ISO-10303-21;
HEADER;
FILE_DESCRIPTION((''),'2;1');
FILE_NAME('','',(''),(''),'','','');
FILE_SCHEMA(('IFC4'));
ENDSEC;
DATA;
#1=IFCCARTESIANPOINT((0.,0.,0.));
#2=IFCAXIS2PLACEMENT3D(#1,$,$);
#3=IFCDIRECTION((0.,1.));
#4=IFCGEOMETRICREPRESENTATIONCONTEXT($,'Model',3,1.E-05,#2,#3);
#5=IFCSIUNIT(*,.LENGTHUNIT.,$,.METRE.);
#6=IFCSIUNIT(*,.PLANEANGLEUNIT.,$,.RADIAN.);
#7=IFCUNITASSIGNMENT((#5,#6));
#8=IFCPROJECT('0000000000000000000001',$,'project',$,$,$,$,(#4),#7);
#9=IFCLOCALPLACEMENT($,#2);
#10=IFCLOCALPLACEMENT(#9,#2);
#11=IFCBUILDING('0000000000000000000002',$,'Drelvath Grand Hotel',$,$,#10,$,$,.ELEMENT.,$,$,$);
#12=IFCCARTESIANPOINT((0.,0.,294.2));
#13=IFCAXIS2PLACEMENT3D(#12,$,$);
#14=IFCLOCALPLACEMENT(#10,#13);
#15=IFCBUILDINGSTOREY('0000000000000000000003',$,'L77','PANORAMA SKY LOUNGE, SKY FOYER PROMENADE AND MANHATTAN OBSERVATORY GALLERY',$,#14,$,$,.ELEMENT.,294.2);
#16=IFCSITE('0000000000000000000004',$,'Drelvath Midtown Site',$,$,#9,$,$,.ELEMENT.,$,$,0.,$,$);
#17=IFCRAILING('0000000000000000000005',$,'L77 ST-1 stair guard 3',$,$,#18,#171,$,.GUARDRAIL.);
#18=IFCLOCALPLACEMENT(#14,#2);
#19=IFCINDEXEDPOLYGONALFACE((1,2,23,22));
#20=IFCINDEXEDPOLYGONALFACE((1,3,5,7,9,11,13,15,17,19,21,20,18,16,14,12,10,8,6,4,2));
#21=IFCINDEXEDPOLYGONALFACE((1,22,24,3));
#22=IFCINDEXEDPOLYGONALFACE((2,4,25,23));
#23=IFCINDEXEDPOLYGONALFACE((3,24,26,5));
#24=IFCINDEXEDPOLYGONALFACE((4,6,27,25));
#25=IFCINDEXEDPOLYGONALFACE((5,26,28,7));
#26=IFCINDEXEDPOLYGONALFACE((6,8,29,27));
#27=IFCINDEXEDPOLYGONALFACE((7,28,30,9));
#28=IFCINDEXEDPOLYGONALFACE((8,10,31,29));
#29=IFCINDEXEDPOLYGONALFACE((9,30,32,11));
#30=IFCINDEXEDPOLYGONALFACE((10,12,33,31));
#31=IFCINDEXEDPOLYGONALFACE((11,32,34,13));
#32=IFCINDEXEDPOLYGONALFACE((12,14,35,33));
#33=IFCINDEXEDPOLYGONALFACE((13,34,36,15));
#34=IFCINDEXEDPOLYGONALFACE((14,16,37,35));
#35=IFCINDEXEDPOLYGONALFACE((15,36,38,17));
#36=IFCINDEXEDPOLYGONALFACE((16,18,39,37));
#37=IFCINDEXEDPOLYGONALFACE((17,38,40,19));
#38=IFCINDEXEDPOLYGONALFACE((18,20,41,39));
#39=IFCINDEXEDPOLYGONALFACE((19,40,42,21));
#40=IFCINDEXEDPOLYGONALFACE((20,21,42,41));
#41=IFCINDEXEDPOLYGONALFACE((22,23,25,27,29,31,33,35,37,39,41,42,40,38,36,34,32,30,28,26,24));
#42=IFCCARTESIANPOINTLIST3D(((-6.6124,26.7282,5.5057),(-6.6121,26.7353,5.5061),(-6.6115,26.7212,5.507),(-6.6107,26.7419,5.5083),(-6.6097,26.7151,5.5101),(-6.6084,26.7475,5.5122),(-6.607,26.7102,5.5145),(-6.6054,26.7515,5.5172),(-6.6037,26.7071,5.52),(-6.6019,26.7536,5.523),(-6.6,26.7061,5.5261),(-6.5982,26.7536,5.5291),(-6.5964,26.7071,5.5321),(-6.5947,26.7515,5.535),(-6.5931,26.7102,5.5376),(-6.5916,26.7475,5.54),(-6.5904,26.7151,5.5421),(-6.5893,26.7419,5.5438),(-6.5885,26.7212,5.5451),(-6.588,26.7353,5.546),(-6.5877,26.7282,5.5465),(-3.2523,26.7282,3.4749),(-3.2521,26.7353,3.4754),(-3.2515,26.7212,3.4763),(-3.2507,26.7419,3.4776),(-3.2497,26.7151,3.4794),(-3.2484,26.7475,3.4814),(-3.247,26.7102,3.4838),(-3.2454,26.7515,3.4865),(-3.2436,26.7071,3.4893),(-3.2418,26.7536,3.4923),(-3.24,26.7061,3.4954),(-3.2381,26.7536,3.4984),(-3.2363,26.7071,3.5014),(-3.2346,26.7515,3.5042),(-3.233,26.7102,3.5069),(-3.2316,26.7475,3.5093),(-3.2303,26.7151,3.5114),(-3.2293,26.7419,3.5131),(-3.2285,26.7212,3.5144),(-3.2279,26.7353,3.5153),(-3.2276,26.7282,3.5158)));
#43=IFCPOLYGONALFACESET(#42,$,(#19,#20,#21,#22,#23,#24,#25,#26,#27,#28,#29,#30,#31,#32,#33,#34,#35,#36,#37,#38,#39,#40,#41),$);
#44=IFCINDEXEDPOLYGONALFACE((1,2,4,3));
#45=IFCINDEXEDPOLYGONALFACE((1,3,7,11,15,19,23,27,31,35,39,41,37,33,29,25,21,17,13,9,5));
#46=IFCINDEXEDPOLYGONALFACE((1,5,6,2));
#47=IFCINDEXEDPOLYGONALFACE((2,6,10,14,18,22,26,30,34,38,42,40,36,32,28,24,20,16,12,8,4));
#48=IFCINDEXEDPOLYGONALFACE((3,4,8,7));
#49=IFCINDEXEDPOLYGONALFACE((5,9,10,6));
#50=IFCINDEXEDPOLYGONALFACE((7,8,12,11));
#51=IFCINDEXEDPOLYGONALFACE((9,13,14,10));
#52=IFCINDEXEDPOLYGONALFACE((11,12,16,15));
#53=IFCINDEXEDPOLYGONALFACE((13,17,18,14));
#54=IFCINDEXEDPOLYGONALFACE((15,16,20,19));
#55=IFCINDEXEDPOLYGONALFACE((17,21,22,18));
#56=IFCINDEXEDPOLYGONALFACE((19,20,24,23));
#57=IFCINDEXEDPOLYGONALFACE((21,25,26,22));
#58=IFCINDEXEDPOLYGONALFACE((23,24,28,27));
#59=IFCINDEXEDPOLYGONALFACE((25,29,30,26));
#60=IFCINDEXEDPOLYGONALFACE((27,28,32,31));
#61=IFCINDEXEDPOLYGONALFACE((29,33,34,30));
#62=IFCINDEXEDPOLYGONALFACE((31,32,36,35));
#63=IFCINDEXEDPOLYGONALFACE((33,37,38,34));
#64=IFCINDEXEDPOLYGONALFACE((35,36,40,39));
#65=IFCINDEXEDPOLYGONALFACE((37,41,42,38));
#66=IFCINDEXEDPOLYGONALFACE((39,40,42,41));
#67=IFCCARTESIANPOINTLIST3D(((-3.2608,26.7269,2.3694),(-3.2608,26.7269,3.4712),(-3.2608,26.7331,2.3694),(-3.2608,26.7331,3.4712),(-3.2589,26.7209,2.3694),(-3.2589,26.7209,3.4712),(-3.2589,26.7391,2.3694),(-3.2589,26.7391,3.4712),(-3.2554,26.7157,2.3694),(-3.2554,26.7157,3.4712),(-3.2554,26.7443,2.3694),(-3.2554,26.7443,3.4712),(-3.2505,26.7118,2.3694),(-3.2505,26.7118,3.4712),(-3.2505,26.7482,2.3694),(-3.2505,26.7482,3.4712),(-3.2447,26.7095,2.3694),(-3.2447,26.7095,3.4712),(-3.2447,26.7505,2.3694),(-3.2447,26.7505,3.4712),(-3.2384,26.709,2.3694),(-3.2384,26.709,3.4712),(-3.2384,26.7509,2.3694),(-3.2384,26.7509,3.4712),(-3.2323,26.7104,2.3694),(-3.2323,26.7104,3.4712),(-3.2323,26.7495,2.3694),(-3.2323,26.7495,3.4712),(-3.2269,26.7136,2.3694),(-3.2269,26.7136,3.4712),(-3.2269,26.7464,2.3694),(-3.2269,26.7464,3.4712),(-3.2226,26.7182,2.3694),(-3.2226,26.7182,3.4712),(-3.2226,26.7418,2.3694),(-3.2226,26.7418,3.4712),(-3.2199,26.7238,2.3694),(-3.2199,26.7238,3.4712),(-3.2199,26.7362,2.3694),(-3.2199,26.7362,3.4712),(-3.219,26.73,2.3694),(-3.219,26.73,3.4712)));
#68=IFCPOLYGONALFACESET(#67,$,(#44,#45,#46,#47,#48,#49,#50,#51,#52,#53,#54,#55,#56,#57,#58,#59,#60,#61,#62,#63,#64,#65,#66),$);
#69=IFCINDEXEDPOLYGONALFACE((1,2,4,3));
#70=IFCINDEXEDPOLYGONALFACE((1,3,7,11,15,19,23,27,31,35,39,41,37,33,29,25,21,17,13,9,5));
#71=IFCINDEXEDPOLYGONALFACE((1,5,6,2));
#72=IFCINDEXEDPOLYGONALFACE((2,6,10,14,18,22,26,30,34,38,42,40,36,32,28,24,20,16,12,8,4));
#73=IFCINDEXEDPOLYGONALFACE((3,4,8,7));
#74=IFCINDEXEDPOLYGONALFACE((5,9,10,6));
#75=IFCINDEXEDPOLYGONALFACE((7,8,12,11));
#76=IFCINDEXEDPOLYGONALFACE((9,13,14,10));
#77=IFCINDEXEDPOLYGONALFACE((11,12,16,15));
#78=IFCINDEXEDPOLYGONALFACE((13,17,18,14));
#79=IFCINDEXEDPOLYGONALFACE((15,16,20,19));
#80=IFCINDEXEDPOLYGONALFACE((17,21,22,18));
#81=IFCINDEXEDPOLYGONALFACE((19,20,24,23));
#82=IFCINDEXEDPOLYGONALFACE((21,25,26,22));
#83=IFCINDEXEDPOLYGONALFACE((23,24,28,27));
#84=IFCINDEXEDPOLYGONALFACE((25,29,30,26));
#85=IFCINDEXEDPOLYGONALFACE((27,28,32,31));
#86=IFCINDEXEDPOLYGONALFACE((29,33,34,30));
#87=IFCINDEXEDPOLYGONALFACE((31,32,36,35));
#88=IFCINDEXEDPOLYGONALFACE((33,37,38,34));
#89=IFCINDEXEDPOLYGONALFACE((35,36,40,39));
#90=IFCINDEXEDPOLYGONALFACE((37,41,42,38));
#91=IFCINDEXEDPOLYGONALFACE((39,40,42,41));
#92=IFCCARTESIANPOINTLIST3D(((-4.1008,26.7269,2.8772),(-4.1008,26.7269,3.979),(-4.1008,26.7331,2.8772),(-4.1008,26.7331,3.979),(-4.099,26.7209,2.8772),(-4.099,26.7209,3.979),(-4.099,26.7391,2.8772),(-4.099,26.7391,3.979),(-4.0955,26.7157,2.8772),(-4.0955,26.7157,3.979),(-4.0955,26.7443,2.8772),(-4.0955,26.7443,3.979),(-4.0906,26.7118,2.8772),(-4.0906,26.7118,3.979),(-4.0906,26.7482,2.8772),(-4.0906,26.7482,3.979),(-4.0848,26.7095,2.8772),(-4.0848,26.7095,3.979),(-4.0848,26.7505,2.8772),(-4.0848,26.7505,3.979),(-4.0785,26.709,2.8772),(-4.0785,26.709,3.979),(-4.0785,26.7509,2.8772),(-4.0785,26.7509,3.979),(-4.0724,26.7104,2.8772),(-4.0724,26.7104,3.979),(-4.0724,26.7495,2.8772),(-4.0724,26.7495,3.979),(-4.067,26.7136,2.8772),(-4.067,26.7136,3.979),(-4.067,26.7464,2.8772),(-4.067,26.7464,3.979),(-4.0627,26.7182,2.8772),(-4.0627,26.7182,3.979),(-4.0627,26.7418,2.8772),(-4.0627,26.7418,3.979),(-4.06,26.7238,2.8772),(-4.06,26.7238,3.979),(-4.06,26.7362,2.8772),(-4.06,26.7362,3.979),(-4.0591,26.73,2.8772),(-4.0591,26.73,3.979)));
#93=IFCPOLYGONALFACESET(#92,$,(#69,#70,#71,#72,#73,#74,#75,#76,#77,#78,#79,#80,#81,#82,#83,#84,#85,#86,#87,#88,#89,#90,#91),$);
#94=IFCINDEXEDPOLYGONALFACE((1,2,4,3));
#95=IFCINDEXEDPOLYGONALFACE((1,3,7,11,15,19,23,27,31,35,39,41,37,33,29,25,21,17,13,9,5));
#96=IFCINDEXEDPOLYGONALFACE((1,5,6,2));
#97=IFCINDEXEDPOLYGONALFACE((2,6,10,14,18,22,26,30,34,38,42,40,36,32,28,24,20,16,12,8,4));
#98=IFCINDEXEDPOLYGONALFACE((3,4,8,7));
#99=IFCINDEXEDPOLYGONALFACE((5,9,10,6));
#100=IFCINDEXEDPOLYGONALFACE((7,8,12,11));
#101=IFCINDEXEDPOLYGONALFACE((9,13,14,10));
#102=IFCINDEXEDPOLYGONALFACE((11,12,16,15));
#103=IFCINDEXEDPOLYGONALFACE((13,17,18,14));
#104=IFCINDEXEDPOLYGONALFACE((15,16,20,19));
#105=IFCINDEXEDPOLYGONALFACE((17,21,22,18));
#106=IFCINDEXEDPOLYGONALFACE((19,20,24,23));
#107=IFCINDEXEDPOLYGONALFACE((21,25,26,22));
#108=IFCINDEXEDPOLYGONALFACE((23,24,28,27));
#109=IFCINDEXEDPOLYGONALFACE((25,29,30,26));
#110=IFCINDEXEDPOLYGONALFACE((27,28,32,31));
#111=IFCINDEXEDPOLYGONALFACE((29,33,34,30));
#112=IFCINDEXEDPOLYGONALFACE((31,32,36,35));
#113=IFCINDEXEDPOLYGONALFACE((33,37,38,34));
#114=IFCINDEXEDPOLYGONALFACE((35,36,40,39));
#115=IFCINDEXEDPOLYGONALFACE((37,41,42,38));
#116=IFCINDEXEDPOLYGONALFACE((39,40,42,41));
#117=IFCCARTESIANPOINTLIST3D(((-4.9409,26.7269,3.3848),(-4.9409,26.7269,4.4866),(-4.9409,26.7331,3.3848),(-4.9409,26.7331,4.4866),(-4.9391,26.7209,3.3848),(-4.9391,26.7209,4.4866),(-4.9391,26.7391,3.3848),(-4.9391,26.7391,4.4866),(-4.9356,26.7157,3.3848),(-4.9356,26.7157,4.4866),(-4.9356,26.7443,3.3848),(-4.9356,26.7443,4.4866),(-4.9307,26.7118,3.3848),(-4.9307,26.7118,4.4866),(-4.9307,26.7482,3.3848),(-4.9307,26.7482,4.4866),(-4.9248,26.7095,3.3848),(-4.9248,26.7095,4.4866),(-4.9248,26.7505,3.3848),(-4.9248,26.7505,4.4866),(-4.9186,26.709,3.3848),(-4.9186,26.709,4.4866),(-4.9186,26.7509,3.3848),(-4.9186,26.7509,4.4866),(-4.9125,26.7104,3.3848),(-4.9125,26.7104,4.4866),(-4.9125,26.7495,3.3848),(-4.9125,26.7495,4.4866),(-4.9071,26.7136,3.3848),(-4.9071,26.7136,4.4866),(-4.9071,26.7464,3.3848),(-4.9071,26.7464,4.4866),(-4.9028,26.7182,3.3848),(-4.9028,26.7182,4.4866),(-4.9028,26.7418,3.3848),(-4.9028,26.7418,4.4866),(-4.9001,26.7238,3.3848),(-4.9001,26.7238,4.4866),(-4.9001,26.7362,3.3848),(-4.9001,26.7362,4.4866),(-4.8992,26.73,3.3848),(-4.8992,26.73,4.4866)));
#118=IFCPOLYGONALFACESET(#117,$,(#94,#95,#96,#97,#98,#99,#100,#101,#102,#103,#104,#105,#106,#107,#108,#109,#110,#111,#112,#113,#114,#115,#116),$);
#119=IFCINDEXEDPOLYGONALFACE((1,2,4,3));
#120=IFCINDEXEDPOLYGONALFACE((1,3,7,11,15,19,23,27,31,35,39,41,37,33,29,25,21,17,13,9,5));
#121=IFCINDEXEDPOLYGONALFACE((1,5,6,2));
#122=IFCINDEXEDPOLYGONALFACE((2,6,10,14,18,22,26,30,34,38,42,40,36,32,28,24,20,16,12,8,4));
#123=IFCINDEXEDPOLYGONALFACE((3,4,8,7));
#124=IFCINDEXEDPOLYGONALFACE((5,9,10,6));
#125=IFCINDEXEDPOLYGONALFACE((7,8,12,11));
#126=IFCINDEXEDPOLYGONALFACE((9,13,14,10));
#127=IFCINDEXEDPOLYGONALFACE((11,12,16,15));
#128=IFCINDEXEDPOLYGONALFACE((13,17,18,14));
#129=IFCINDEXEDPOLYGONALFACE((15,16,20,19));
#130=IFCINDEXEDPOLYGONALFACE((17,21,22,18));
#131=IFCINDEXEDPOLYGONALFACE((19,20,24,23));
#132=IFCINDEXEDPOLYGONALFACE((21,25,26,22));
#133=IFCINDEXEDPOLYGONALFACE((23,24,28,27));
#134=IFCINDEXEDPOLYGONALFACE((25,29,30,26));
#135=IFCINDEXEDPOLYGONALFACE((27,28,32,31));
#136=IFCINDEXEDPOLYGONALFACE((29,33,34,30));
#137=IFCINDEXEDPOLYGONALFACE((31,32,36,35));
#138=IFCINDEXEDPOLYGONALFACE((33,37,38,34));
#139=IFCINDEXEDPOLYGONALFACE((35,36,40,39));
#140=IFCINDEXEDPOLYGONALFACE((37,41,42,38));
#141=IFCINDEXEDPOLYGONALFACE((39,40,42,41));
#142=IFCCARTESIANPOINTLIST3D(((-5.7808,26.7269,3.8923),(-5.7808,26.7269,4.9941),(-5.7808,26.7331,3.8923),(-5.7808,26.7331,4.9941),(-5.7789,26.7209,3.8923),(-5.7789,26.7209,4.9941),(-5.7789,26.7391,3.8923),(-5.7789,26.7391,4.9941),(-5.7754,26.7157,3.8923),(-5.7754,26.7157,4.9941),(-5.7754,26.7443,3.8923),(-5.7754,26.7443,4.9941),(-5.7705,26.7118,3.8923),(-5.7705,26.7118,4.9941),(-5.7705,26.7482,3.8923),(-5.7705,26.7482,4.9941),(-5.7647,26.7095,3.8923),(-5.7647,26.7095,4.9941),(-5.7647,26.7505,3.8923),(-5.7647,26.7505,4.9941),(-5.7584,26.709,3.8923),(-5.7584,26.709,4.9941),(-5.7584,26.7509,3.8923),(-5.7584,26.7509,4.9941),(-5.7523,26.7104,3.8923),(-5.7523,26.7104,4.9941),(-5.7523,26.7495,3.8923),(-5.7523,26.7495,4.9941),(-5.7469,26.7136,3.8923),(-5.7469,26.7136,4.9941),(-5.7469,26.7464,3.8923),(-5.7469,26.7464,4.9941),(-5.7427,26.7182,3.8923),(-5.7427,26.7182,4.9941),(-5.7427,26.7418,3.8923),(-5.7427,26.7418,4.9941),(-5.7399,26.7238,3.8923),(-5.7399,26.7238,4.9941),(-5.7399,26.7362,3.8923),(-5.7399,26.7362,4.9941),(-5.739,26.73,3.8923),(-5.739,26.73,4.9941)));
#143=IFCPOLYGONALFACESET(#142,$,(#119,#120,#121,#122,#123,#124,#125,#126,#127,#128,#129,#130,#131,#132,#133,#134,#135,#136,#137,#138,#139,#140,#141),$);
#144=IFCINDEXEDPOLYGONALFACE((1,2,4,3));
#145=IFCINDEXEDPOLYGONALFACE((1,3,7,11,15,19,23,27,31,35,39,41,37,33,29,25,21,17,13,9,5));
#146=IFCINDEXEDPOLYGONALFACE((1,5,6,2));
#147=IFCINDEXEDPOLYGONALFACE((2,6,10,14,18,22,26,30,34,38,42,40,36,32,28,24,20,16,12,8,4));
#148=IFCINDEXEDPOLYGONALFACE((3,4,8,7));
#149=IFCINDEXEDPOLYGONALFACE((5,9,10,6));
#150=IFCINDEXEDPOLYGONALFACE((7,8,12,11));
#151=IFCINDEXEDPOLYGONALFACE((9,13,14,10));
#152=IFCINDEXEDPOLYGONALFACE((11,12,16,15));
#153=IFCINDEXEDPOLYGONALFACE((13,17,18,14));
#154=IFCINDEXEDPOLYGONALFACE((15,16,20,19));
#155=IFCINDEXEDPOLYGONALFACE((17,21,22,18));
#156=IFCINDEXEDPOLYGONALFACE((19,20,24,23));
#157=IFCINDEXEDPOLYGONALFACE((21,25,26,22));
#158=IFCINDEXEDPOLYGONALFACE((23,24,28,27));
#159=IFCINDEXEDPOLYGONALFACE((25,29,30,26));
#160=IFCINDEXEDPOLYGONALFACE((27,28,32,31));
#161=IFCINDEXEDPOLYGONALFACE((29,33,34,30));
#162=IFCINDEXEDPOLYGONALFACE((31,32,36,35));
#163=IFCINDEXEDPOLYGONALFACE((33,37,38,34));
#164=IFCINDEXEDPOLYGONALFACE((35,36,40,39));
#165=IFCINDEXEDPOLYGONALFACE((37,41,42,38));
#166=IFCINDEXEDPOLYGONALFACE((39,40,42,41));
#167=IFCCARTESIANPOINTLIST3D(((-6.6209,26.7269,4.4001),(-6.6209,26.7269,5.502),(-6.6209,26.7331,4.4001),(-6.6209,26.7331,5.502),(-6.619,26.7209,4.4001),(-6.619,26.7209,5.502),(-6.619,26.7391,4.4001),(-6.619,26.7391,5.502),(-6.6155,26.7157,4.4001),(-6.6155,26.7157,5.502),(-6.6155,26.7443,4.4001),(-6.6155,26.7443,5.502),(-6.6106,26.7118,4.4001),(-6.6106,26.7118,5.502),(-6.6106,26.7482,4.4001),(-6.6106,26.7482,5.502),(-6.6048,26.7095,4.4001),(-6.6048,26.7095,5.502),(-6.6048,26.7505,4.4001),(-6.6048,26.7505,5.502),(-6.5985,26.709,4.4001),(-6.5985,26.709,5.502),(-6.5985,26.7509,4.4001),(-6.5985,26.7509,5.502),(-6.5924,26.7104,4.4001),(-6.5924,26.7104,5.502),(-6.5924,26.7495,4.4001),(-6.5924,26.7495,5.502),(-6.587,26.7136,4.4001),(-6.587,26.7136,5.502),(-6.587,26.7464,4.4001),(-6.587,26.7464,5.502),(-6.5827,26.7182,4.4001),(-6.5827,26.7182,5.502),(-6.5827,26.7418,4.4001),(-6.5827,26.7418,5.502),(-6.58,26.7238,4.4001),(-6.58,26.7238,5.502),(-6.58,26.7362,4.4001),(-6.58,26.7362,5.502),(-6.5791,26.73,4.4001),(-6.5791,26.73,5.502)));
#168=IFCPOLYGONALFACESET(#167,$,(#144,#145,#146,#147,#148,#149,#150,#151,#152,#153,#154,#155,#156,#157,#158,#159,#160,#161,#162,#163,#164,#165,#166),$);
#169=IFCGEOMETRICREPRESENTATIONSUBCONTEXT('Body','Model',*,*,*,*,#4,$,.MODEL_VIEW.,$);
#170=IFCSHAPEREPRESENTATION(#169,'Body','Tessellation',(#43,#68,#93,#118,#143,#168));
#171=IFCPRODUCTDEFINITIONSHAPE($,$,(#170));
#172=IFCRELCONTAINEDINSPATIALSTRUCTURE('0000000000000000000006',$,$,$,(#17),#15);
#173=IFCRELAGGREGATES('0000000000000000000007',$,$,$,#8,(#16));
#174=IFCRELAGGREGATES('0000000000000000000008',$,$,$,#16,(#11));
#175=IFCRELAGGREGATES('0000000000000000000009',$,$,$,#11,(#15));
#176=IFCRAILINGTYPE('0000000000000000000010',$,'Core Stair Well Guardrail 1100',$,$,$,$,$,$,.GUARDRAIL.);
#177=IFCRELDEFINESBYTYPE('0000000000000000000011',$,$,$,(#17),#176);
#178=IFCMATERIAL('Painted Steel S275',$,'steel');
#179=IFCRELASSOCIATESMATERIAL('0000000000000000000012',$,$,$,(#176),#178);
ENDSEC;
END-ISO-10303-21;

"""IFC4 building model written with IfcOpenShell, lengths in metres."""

from ifc_helpers import new_model, si_unit, direction, frame, origin, origin_2d, place, context, subcontext, project, spatial, circle, extrude, material, type_object, element, save


model = new_model("IFC4")

# Units and contexts
model_context = context("Model", 3, precision=1e-05, world=origin(), true_north=direction((0.0, 1.0)))
body_context = subcontext(model_context, "Body", "Model", "MODEL_VIEW")
ifc_project = project(units=[si_unit("LENGTHUNIT", "METRE"), si_unit("PLANEANGLEUNIT", "RADIAN")], contexts=[model_context])

# Site, building, storey
site_placement = place(None, origin())
site = spatial("IfcSite", under=ifc_project, at=site_placement, Name="Drelvath Midtown Site", CompositionType="ELEMENT", RefElevation=0.0)
building_placement = place(site_placement, origin())
building = spatial("IfcBuilding", under=site, at=building_placement, Name="Drelvath Grand Hotel", CompositionType="ELEMENT")
storey_placement = place(building_placement, frame((0.0, 0.0, 294.2)))
storey = spatial("IfcBuildingStorey", under=building, at=storey_placement, Name="L77", Description="PANORAMA SKY LOUNGE, SKY FOYER PROMENADE AND MANHATTAN OBSERVATORY GALLERY", CompositionType="ELEMENT", Elevation=294.2)

# Shared definitions
ifc_material_1 = material(Name="Painted Steel S275", Category="steel")

# Railing
railing_type_1 = type_object("IfcRailingType", Name="Core Stair Well Guardrail 1100", PredefinedType="GUARDRAIL", material=ifc_material_1)
railing_1_placement = place(storey_placement, frame((-3.24, 26.73, 2.3694)))
element("IfcRailing", 1, at=railing_1_placement, inside=storey, type_object=railing_type_1, Name="L77 ST-1 stair guard 3", PredefinedType="GUARDRAIL", context=body_context, shape_type="SweptSolid", body=[
    extrude(circle(Radius=0.0239, at=origin_2d()), frame((0.0, 0.0, 1.126), z_axis=(-0.855837, 0.0, 0.517246), x_axis=(0.0, -1.0, 0.0)), (0.0, 0.0, 1.0), 3.926),
    extrude(circle(Radius=0.021, at=origin_2d()), origin(), (0.0, 0.0, 1.0), 1.1018),
    extrude(circle(Radius=0.021, at=origin_2d()), frame((-0.8401, 0.0, 0.5078)), (0.0, 0.0, 1.0), 1.1018),
    extrude(circle(Radius=0.021, at=origin_2d()), frame((-1.6802, 0.0, 1.0154)), (0.0, 0.0, 1.0), 1.1018),
    extrude(circle(Radius=0.021, at=origin_2d()), frame((-2.52, 0.0, 1.5229)), (0.0, 0.0, 1.0), 1.1018),
    extrude(circle(Radius=0.021, at=origin_2d()), frame((-3.3601, 0.0, 2.0308)), (0.0, 0.0, 1.0), 1.1018),
])

save(model, "model.ifc")
